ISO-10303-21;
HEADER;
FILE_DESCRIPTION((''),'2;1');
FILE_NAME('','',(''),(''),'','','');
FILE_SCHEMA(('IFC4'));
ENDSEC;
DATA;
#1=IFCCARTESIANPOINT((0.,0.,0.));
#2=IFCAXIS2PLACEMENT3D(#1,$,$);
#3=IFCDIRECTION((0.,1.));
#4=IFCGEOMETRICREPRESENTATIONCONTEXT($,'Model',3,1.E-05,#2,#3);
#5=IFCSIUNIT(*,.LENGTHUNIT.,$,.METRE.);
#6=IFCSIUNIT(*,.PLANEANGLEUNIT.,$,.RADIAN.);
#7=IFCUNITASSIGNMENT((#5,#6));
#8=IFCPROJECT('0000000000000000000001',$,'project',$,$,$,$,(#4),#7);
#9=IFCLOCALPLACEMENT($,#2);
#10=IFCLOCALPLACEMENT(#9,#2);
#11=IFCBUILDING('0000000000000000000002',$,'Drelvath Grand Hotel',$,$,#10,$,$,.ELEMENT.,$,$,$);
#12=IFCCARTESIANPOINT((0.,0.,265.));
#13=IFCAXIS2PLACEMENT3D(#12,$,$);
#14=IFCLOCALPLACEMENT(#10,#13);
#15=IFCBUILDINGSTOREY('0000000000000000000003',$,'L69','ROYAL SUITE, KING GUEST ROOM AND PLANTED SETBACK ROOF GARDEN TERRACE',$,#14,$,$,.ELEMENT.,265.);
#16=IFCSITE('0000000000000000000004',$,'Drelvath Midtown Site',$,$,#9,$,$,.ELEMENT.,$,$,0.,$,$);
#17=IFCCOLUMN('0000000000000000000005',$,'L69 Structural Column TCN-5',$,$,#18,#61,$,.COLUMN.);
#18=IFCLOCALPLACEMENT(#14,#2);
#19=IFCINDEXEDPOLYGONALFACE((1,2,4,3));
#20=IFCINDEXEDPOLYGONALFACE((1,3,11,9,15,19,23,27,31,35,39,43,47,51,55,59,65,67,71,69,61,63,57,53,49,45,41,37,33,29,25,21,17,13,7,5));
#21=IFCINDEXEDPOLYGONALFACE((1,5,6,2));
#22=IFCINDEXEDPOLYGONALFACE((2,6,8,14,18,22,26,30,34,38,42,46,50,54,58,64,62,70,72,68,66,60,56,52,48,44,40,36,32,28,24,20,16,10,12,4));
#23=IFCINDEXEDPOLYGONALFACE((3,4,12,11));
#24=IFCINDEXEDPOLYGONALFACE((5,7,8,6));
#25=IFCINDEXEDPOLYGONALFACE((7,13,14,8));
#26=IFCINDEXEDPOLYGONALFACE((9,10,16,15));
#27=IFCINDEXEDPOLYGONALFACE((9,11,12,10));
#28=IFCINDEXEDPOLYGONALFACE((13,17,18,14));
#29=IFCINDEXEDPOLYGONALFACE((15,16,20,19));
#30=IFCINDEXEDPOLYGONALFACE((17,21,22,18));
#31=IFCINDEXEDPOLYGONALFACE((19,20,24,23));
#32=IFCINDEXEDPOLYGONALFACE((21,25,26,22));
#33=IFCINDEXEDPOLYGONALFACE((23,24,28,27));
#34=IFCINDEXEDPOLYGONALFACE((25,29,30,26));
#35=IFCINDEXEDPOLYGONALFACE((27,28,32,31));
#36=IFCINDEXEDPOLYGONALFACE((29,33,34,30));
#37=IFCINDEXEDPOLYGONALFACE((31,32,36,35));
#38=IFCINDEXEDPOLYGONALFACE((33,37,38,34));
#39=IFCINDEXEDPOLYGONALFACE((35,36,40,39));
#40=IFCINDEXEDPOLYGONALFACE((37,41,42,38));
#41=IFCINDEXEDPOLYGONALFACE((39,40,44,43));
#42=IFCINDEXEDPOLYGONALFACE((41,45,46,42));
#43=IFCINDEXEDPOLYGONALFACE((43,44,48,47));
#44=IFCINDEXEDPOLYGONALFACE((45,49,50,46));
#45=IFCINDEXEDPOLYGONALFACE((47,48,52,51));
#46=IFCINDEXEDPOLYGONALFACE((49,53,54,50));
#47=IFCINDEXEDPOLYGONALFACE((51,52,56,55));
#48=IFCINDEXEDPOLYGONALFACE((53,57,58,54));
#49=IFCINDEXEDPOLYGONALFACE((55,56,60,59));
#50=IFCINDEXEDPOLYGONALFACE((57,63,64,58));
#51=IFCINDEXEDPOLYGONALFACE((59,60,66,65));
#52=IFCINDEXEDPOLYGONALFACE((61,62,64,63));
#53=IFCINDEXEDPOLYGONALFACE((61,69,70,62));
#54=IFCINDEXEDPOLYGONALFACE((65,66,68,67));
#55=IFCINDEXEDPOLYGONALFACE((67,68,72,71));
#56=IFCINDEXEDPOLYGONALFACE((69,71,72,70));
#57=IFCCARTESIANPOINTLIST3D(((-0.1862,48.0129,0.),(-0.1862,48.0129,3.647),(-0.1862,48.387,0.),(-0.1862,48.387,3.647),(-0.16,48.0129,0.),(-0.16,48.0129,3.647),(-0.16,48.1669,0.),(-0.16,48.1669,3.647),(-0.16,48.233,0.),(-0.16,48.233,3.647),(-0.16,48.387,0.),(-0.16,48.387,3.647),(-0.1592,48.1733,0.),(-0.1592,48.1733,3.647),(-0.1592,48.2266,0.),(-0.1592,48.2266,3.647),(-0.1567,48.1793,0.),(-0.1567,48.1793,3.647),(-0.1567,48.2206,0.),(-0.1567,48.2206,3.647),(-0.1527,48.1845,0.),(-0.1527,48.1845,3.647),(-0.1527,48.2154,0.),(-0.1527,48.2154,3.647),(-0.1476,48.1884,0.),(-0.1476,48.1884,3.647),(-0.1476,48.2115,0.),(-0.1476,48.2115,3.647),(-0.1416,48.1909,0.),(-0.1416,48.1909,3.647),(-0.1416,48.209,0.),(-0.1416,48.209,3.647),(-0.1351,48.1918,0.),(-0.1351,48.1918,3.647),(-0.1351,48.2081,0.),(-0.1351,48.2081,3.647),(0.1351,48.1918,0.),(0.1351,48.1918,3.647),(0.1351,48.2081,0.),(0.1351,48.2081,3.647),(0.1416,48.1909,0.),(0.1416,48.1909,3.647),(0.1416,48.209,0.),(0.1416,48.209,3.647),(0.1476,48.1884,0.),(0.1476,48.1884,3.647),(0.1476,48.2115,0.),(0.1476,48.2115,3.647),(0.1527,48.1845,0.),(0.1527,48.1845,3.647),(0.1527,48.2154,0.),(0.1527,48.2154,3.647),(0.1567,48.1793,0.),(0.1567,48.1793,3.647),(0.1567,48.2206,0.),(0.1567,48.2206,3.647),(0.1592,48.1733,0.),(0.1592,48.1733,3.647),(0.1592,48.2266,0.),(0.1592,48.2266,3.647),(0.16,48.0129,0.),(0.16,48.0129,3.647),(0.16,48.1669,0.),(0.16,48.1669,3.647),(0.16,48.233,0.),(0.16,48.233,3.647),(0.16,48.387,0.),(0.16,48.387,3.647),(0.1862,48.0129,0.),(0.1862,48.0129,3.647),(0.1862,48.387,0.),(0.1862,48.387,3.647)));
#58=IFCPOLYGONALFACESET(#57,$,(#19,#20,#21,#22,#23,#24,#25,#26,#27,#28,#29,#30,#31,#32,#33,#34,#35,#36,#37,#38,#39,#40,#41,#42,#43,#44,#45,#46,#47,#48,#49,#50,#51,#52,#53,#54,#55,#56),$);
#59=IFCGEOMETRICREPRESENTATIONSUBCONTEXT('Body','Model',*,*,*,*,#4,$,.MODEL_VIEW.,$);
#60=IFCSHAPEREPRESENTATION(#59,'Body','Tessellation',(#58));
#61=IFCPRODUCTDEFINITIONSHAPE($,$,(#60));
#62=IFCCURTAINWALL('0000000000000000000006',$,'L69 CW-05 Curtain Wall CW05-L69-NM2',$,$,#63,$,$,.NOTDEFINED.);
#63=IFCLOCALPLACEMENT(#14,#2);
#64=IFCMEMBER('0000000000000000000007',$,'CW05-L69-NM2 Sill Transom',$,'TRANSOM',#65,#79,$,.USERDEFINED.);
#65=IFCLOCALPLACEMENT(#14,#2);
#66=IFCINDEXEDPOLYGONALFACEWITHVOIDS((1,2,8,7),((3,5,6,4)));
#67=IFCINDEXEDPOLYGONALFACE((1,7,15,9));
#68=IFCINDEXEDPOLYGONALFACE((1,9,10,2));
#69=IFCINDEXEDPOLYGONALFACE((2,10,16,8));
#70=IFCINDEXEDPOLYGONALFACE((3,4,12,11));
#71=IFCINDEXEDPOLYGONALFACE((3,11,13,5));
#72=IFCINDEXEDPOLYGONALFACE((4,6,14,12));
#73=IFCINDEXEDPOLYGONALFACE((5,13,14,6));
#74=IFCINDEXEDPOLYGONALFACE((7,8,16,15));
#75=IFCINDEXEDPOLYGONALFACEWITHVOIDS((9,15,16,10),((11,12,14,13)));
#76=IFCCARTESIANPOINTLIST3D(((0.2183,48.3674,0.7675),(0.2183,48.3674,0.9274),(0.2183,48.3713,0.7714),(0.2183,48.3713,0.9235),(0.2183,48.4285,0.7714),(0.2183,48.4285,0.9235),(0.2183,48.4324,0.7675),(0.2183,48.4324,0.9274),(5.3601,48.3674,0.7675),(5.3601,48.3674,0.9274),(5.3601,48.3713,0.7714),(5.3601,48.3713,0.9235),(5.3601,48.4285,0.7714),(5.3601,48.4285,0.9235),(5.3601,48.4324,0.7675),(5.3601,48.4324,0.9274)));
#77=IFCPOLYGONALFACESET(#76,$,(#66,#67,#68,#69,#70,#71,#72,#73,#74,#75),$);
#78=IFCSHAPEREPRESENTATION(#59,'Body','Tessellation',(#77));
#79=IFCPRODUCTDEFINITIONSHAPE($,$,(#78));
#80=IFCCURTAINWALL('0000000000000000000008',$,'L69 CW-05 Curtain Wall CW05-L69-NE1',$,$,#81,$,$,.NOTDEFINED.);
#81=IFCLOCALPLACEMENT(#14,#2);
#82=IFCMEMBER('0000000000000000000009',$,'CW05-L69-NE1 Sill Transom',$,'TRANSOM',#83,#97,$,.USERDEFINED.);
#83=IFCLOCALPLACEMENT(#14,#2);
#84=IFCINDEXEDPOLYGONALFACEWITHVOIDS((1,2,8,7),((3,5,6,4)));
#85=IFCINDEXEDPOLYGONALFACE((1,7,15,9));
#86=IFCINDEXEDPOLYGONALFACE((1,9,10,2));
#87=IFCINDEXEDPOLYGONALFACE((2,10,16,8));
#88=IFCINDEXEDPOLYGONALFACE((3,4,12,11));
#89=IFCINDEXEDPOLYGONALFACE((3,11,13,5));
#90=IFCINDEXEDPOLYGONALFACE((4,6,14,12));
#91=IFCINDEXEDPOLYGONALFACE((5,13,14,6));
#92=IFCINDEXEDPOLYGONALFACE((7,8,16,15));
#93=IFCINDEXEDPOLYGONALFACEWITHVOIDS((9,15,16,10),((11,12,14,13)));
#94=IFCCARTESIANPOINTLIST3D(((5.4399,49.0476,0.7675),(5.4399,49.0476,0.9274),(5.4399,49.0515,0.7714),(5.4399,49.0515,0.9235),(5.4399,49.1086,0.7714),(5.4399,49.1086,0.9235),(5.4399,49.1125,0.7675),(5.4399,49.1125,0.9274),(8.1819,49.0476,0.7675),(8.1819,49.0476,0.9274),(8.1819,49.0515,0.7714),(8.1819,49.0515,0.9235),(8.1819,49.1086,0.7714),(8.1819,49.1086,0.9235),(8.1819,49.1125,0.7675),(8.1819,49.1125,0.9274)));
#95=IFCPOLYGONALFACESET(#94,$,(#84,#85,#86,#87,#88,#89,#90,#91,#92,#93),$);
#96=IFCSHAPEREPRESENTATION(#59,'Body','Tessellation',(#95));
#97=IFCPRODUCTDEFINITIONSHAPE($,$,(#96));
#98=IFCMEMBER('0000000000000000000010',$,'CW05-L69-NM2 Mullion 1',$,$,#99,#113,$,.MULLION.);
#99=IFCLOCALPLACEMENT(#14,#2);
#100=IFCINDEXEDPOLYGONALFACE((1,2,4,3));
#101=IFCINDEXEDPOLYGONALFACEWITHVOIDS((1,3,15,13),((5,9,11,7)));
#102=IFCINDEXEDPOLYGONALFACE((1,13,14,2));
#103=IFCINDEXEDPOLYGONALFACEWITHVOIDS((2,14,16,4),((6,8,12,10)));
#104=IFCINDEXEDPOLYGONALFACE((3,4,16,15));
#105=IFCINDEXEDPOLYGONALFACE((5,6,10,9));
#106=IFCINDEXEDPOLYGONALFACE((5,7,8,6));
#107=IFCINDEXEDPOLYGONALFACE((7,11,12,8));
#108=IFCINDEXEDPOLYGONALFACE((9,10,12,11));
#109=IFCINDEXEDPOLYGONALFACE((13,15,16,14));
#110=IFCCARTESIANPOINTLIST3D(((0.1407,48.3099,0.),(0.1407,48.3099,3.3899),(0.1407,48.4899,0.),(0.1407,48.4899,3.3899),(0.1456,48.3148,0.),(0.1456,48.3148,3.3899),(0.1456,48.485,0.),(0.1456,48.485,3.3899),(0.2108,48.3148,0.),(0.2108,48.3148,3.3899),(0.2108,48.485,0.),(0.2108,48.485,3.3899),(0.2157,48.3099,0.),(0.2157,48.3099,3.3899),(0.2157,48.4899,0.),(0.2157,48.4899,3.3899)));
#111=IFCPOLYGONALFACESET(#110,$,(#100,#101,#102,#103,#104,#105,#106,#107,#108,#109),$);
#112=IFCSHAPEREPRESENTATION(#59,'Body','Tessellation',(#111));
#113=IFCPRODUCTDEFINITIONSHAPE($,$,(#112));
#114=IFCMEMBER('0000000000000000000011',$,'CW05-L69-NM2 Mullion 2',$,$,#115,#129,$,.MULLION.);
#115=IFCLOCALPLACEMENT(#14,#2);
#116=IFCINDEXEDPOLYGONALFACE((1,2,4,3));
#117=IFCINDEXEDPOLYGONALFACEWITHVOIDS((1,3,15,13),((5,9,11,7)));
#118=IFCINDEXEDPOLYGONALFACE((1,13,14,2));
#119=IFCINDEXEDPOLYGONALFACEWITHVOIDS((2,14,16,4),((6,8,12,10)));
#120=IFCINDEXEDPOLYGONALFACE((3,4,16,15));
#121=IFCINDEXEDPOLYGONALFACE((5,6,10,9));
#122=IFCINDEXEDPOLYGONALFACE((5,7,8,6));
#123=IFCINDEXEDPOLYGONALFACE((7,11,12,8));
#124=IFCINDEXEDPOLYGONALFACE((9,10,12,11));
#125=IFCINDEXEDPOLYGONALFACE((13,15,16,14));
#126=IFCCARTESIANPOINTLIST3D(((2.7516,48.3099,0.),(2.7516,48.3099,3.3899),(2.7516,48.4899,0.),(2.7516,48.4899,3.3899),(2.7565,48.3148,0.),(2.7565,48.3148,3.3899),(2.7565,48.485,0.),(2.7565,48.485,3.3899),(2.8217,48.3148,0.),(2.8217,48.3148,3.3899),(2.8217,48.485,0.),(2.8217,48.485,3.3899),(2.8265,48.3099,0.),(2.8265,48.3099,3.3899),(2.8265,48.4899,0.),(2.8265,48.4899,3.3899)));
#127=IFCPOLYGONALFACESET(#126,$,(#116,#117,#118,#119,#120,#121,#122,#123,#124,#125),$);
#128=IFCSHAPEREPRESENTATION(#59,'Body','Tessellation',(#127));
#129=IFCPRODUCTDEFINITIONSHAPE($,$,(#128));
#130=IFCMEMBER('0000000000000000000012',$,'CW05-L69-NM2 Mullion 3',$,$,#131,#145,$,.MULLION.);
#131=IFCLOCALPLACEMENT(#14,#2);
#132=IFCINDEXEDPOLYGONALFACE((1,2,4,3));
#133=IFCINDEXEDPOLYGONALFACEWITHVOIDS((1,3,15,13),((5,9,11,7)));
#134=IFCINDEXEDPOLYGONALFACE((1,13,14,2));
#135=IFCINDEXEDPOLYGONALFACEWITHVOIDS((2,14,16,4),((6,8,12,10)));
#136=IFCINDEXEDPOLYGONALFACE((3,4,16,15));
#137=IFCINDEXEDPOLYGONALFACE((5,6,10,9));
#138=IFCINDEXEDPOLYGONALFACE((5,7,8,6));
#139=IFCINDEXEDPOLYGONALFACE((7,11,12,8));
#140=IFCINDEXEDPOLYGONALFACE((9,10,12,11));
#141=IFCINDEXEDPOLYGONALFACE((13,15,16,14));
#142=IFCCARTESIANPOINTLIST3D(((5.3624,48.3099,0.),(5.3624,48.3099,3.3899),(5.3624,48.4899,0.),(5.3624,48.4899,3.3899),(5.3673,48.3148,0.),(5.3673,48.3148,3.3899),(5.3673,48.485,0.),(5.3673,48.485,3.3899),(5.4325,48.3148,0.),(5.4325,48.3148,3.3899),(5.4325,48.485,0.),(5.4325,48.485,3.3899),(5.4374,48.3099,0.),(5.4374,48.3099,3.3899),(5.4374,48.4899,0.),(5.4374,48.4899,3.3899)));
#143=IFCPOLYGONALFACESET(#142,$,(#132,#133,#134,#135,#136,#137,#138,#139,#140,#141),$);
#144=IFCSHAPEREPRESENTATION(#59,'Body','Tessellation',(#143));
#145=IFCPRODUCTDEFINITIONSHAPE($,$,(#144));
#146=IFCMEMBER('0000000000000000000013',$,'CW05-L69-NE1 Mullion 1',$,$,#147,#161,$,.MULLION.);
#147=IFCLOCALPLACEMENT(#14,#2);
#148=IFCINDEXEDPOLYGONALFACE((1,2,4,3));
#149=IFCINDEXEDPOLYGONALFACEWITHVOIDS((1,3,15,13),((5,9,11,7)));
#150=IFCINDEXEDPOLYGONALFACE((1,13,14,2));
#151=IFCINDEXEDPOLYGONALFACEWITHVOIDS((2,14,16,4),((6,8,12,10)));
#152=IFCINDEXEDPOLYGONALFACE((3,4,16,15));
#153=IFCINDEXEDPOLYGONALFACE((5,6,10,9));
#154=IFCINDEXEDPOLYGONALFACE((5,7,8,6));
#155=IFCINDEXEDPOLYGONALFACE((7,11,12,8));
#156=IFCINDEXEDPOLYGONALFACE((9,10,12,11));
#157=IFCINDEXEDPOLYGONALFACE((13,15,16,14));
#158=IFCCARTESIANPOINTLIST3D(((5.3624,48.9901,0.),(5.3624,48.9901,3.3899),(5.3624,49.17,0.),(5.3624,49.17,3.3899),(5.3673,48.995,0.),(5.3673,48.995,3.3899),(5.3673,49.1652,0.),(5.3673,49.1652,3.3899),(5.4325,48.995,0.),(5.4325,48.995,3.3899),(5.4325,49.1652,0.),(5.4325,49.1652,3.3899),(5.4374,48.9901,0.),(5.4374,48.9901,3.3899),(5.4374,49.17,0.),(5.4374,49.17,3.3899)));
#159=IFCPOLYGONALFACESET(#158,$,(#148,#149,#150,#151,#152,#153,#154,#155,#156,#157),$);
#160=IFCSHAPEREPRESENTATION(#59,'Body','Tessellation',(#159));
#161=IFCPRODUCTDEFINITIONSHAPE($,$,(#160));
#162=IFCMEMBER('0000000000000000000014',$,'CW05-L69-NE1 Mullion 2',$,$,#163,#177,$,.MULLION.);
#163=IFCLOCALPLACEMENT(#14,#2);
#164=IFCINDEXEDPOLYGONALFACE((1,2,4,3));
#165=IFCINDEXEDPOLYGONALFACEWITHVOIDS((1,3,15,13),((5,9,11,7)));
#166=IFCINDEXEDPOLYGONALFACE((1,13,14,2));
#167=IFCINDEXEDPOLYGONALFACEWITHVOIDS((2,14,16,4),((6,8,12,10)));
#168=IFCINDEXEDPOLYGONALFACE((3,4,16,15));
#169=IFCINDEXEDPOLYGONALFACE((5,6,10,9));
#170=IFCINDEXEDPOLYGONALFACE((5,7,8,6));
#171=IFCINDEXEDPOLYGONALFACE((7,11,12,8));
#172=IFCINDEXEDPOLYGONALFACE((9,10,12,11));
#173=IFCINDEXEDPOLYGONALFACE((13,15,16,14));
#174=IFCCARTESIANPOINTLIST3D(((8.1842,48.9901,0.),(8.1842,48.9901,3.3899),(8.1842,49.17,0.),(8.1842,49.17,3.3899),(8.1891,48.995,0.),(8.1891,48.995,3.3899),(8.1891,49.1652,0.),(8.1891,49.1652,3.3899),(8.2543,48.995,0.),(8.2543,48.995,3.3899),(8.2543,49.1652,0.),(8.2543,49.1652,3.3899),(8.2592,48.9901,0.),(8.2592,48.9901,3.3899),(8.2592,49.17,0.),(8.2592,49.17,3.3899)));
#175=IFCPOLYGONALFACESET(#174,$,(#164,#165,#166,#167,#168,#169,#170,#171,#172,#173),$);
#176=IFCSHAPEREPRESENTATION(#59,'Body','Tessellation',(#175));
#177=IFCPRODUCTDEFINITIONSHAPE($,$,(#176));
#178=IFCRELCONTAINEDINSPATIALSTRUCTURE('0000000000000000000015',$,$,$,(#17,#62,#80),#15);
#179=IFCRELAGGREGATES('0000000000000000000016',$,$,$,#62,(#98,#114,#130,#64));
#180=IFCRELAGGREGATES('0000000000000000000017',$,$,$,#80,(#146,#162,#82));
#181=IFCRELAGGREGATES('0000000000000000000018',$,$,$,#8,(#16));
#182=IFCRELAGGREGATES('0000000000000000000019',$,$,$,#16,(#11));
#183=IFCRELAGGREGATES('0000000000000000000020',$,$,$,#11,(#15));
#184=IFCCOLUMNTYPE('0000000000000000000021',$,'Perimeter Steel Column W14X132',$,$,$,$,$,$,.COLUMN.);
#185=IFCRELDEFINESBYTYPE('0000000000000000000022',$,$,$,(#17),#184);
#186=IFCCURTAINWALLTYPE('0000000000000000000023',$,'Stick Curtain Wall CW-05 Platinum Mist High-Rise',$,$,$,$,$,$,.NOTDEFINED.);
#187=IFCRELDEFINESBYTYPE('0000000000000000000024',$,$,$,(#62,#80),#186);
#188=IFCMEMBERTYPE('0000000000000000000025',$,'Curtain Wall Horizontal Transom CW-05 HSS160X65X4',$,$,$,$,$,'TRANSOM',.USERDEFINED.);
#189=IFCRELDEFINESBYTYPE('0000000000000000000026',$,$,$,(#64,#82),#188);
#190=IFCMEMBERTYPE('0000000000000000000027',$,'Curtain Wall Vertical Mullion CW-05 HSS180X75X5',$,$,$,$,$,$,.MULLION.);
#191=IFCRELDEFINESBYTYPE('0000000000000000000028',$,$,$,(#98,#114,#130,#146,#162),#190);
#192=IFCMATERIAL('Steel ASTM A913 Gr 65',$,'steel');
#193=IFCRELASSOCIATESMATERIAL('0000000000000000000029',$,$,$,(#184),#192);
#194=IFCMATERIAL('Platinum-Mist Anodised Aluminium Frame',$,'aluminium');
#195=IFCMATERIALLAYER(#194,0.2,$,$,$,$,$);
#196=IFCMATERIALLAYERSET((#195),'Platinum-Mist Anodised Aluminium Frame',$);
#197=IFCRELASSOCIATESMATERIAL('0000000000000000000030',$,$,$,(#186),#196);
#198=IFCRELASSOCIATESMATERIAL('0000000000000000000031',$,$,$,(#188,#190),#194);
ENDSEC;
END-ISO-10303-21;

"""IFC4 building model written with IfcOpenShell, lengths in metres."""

from ifc_helpers import new_model, si_unit, direction, frame, origin, origin_2d, place, context, subcontext, project, spatial, hollow_rectangle, i_section, extrude, material, layer, layer_set, material_profile, profile_set, type_object, element, aggregate, save


model = new_model("IFC4")

# Units and contexts
model_context = context("Model", 3, precision=1e-05, world=origin(), true_north=direction((0.0, 1.0)))
body_context = subcontext(model_context, "Body", "Model", "MODEL_VIEW")
ifc_project = project(units=[si_unit("LENGTHUNIT", "METRE"), si_unit("PLANEANGLEUNIT", "RADIAN")], contexts=[model_context])

# Site, building, storey
site_placement = place(None, origin())
site = spatial("IfcSite", under=ifc_project, at=site_placement, Name="Drelvath Midtown Site", CompositionType="ELEMENT", RefElevation=0.0)
building_placement = place(site_placement, origin())
building = spatial("IfcBuilding", under=site, at=building_placement, Name="Drelvath Grand Hotel", CompositionType="ELEMENT")
storey_placement = place(building_placement, frame((0.0, 0.0, 265.0)))
storey = spatial("IfcBuildingStorey", under=building, at=storey_placement, Name="L69", Description="ROYAL SUITE, KING GUEST ROOM AND PLANTED SETBACK ROOF GARDEN TERRACE", CompositionType="ELEMENT", Elevation=265.0)

# Column
ifc_material_1 = material(Name="Steel ASTM A913 Gr 65", Category="steel")
ifc_material_profile_1 = material_profile(ifc_material_1, i_section(OverallWidth=0.374, OverallDepth=0.3723, WebThickness=0.0164, FlangeThickness=0.0261, FilletRadius=0.0249, at=origin_2d()), Name="W14X132")
ifc_profile_set_1 = profile_set([ifc_material_profile_1], Name="Steel ASTM A913 Gr 65")
column_type = type_object("IfcColumnType", Name="Perimeter Steel Column W14X132", PredefinedType="COLUMN", material=ifc_profile_set_1)
column_placement = place(storey_placement, frame((0.0, 48.2, 0.0), z_axis=(0.0, 0.0, 1.0), x_axis=(0.0, 1.0, 0.0)))
element("IfcColumn", 1, at=column_placement, inside=storey, type_object=column_type, Name="L69 Structural Column TCN-5", PredefinedType="COLUMN", context=body_context, shape_type="SweptSolid", body=[
    extrude(i_section(OverallWidth=0.374, OverallDepth=0.3723, WebThickness=0.0164, FlangeThickness=0.0261, FilletRadius=0.0249, at=origin_2d()), origin(), (0.0, 0.0, 1.0), 3.647),
])

# Curtain walls, members
ifc_material_2 = material(Name="Platinum-Mist Anodised Aluminium Frame", Category="aluminium")
ifc_layer_1 = layer(ifc_material_2, 0.2)
ifc_layer_set_1 = layer_set([ifc_layer_1], Name="Platinum-Mist Anodised Aluminium Frame")
curtain_wall_type = type_object("IfcCurtainWallType", Name="Stick Curtain Wall CW-05 Platinum Mist High-Rise", PredefinedType="NOTDEFINED", material=ifc_layer_set_1)
curtain_wall_1_placement = place(storey_placement, origin())
curtain_wall_1 = element("IfcCurtainWall", 2, at=curtain_wall_1_placement, inside=storey, type_object=curtain_wall_type, Name="L69 CW-05 Curtain Wall CW05-L69-NM2", PredefinedType="NOTDEFINED")
ifc_material_profile_2 = material_profile(ifc_material_2, hollow_rectangle(XDim=0.0649, YDim=0.1599, WallThickness=0.0039, at=origin_2d()), Name="HSS160X65X4")
ifc_profile_set_2 = profile_set([ifc_material_profile_2], Name="Platinum-Mist Anodised Aluminium Frame")
member_type_1 = type_object("IfcMemberType", Name="Curtain Wall Horizontal Transom CW-05 HSS160X65X4", ElementType="TRANSOM", PredefinedType="USERDEFINED", material=ifc_profile_set_2)
member_1_placement = place(storey_placement, frame((0.2183, 48.3999, 0.8474), z_axis=(1.0, 0.0, 0.0), x_axis=(0.0, 1.0, 0.0)))
member_1 = element("IfcMember", 3, at=member_1_placement, type_object=member_type_1, Name="CW05-L69-NM2 Sill Transom", ObjectType="TRANSOM", PredefinedType="USERDEFINED", context=body_context, shape_type="SweptSolid", body=[
    extrude(hollow_rectangle(XDim=0.0649, YDim=0.1599, WallThickness=0.0039, at=origin_2d()), origin(), (0.0, 0.0, 1.0), 5.1418),
])
curtain_wall_2_placement = place(storey_placement, origin())
curtain_wall_2 = element("IfcCurtainWall", 4, at=curtain_wall_2_placement, inside=storey, type_object=curtain_wall_type, Name="L69 CW-05 Curtain Wall CW05-L69-NE1", PredefinedType="NOTDEFINED")
member_2_placement = place(storey_placement, frame((5.4399, 49.0801, 0.8474), z_axis=(1.0, 0.0, 0.0), x_axis=(0.0, 1.0, 0.0)))
member_2 = element("IfcMember", 5, at=member_2_placement, type_object=member_type_1, Name="CW05-L69-NE1 Sill Transom", ObjectType="TRANSOM", PredefinedType="USERDEFINED", context=body_context, shape_type="SweptSolid", body=[
    extrude(hollow_rectangle(XDim=0.0649, YDim=0.1599, WallThickness=0.0039, at=origin_2d()), origin(), (0.0, 0.0, 1.0), 2.7419),
])

# Members
ifc_material_profile_3 = material_profile(ifc_material_2, hollow_rectangle(XDim=0.075, YDim=0.1799, WallThickness=0.0049, at=origin_2d()), Name="HSS180X75X5")
ifc_profile_set_3 = profile_set([ifc_material_profile_3], Name="Platinum-Mist Anodised Aluminium Frame")
member_type_2 = type_object("IfcMemberType", Name="Curtain Wall Vertical Mullion CW-05 HSS180X75X5", PredefinedType="MULLION", material=ifc_profile_set_3)
member_3_placement = place(storey_placement, frame((0.1782, 48.3999, 0.0), z_axis=(0.0, 0.0, 1.0), x_axis=(1.0, 0.0, 0.0)))
member_3 = element("IfcMember", 6, at=member_3_placement, type_object=member_type_2, Name="CW05-L69-NM2 Mullion 1", PredefinedType="MULLION", context=body_context, shape_type="SweptSolid", body=[
    extrude(hollow_rectangle(XDim=0.075, YDim=0.1799, WallThickness=0.0049, at=origin_2d()), origin(), (0.0, 0.0, 1.0), 3.3899),
])
member_4_placement = place(storey_placement, frame((2.7891, 48.3999, 0.0), z_axis=(0.0, 0.0, 1.0), x_axis=(1.0, 0.0, 0.0)))
member_4 = element("IfcMember", 7, at=member_4_placement, type_object=member_type_2, Name="CW05-L69-NM2 Mullion 2", PredefinedType="MULLION", context=body_context, shape_type="SweptSolid", body=[
    extrude(hollow_rectangle(XDim=0.075, YDim=0.1799, WallThickness=0.0049, at=origin_2d()), origin(), (0.0, 0.0, 1.0), 3.3899),
])
member_5_placement = place(storey_placement, frame((5.3999, 48.3999, 0.0), z_axis=(0.0, 0.0, 1.0), x_axis=(1.0, 0.0, 0.0)))
member_5 = element("IfcMember", 8, at=member_5_placement, type_object=member_type_2, Name="CW05-L69-NM2 Mullion 3", PredefinedType="MULLION", context=body_context, shape_type="SweptSolid", body=[
    extrude(hollow_rectangle(XDim=0.075, YDim=0.1799, WallThickness=0.0049, at=origin_2d()), origin(), (0.0, 0.0, 1.0), 3.3899),
])
member_6_placement = place(storey_placement, frame((5.3999, 49.0801, 0.0), z_axis=(0.0, 0.0, 1.0), x_axis=(1.0, 0.0, 0.0)))
member_6 = element("IfcMember", 9, at=member_6_placement, type_object=member_type_2, Name="CW05-L69-NE1 Mullion 1", PredefinedType="MULLION", context=body_context, shape_type="SweptSolid", body=[
    extrude(hollow_rectangle(XDim=0.075, YDim=0.1799, WallThickness=0.0049, at=origin_2d()), origin(), (0.0, 0.0, 1.0), 3.3899),
])
member_7_placement = place(storey_placement, frame((8.2217, 49.0801, 0.0), z_axis=(0.0, 0.0, 1.0), x_axis=(1.0, 0.0, 0.0)))
member_7 = element("IfcMember", 10, at=member_7_placement, type_object=member_type_2, Name="CW05-L69-NE1 Mullion 2", PredefinedType="MULLION", context=body_context, shape_type="SweptSolid", body=[
    extrude(hollow_rectangle(XDim=0.075, YDim=0.1799, WallThickness=0.0049, at=origin_2d()), origin(), (0.0, 0.0, 1.0), 3.3899),
])

aggregate(curtain_wall_1, [member_3, member_4, member_5, member_1])
aggregate(curtain_wall_2, [member_6, member_7, member_2])

save(model, "model.ifc")
